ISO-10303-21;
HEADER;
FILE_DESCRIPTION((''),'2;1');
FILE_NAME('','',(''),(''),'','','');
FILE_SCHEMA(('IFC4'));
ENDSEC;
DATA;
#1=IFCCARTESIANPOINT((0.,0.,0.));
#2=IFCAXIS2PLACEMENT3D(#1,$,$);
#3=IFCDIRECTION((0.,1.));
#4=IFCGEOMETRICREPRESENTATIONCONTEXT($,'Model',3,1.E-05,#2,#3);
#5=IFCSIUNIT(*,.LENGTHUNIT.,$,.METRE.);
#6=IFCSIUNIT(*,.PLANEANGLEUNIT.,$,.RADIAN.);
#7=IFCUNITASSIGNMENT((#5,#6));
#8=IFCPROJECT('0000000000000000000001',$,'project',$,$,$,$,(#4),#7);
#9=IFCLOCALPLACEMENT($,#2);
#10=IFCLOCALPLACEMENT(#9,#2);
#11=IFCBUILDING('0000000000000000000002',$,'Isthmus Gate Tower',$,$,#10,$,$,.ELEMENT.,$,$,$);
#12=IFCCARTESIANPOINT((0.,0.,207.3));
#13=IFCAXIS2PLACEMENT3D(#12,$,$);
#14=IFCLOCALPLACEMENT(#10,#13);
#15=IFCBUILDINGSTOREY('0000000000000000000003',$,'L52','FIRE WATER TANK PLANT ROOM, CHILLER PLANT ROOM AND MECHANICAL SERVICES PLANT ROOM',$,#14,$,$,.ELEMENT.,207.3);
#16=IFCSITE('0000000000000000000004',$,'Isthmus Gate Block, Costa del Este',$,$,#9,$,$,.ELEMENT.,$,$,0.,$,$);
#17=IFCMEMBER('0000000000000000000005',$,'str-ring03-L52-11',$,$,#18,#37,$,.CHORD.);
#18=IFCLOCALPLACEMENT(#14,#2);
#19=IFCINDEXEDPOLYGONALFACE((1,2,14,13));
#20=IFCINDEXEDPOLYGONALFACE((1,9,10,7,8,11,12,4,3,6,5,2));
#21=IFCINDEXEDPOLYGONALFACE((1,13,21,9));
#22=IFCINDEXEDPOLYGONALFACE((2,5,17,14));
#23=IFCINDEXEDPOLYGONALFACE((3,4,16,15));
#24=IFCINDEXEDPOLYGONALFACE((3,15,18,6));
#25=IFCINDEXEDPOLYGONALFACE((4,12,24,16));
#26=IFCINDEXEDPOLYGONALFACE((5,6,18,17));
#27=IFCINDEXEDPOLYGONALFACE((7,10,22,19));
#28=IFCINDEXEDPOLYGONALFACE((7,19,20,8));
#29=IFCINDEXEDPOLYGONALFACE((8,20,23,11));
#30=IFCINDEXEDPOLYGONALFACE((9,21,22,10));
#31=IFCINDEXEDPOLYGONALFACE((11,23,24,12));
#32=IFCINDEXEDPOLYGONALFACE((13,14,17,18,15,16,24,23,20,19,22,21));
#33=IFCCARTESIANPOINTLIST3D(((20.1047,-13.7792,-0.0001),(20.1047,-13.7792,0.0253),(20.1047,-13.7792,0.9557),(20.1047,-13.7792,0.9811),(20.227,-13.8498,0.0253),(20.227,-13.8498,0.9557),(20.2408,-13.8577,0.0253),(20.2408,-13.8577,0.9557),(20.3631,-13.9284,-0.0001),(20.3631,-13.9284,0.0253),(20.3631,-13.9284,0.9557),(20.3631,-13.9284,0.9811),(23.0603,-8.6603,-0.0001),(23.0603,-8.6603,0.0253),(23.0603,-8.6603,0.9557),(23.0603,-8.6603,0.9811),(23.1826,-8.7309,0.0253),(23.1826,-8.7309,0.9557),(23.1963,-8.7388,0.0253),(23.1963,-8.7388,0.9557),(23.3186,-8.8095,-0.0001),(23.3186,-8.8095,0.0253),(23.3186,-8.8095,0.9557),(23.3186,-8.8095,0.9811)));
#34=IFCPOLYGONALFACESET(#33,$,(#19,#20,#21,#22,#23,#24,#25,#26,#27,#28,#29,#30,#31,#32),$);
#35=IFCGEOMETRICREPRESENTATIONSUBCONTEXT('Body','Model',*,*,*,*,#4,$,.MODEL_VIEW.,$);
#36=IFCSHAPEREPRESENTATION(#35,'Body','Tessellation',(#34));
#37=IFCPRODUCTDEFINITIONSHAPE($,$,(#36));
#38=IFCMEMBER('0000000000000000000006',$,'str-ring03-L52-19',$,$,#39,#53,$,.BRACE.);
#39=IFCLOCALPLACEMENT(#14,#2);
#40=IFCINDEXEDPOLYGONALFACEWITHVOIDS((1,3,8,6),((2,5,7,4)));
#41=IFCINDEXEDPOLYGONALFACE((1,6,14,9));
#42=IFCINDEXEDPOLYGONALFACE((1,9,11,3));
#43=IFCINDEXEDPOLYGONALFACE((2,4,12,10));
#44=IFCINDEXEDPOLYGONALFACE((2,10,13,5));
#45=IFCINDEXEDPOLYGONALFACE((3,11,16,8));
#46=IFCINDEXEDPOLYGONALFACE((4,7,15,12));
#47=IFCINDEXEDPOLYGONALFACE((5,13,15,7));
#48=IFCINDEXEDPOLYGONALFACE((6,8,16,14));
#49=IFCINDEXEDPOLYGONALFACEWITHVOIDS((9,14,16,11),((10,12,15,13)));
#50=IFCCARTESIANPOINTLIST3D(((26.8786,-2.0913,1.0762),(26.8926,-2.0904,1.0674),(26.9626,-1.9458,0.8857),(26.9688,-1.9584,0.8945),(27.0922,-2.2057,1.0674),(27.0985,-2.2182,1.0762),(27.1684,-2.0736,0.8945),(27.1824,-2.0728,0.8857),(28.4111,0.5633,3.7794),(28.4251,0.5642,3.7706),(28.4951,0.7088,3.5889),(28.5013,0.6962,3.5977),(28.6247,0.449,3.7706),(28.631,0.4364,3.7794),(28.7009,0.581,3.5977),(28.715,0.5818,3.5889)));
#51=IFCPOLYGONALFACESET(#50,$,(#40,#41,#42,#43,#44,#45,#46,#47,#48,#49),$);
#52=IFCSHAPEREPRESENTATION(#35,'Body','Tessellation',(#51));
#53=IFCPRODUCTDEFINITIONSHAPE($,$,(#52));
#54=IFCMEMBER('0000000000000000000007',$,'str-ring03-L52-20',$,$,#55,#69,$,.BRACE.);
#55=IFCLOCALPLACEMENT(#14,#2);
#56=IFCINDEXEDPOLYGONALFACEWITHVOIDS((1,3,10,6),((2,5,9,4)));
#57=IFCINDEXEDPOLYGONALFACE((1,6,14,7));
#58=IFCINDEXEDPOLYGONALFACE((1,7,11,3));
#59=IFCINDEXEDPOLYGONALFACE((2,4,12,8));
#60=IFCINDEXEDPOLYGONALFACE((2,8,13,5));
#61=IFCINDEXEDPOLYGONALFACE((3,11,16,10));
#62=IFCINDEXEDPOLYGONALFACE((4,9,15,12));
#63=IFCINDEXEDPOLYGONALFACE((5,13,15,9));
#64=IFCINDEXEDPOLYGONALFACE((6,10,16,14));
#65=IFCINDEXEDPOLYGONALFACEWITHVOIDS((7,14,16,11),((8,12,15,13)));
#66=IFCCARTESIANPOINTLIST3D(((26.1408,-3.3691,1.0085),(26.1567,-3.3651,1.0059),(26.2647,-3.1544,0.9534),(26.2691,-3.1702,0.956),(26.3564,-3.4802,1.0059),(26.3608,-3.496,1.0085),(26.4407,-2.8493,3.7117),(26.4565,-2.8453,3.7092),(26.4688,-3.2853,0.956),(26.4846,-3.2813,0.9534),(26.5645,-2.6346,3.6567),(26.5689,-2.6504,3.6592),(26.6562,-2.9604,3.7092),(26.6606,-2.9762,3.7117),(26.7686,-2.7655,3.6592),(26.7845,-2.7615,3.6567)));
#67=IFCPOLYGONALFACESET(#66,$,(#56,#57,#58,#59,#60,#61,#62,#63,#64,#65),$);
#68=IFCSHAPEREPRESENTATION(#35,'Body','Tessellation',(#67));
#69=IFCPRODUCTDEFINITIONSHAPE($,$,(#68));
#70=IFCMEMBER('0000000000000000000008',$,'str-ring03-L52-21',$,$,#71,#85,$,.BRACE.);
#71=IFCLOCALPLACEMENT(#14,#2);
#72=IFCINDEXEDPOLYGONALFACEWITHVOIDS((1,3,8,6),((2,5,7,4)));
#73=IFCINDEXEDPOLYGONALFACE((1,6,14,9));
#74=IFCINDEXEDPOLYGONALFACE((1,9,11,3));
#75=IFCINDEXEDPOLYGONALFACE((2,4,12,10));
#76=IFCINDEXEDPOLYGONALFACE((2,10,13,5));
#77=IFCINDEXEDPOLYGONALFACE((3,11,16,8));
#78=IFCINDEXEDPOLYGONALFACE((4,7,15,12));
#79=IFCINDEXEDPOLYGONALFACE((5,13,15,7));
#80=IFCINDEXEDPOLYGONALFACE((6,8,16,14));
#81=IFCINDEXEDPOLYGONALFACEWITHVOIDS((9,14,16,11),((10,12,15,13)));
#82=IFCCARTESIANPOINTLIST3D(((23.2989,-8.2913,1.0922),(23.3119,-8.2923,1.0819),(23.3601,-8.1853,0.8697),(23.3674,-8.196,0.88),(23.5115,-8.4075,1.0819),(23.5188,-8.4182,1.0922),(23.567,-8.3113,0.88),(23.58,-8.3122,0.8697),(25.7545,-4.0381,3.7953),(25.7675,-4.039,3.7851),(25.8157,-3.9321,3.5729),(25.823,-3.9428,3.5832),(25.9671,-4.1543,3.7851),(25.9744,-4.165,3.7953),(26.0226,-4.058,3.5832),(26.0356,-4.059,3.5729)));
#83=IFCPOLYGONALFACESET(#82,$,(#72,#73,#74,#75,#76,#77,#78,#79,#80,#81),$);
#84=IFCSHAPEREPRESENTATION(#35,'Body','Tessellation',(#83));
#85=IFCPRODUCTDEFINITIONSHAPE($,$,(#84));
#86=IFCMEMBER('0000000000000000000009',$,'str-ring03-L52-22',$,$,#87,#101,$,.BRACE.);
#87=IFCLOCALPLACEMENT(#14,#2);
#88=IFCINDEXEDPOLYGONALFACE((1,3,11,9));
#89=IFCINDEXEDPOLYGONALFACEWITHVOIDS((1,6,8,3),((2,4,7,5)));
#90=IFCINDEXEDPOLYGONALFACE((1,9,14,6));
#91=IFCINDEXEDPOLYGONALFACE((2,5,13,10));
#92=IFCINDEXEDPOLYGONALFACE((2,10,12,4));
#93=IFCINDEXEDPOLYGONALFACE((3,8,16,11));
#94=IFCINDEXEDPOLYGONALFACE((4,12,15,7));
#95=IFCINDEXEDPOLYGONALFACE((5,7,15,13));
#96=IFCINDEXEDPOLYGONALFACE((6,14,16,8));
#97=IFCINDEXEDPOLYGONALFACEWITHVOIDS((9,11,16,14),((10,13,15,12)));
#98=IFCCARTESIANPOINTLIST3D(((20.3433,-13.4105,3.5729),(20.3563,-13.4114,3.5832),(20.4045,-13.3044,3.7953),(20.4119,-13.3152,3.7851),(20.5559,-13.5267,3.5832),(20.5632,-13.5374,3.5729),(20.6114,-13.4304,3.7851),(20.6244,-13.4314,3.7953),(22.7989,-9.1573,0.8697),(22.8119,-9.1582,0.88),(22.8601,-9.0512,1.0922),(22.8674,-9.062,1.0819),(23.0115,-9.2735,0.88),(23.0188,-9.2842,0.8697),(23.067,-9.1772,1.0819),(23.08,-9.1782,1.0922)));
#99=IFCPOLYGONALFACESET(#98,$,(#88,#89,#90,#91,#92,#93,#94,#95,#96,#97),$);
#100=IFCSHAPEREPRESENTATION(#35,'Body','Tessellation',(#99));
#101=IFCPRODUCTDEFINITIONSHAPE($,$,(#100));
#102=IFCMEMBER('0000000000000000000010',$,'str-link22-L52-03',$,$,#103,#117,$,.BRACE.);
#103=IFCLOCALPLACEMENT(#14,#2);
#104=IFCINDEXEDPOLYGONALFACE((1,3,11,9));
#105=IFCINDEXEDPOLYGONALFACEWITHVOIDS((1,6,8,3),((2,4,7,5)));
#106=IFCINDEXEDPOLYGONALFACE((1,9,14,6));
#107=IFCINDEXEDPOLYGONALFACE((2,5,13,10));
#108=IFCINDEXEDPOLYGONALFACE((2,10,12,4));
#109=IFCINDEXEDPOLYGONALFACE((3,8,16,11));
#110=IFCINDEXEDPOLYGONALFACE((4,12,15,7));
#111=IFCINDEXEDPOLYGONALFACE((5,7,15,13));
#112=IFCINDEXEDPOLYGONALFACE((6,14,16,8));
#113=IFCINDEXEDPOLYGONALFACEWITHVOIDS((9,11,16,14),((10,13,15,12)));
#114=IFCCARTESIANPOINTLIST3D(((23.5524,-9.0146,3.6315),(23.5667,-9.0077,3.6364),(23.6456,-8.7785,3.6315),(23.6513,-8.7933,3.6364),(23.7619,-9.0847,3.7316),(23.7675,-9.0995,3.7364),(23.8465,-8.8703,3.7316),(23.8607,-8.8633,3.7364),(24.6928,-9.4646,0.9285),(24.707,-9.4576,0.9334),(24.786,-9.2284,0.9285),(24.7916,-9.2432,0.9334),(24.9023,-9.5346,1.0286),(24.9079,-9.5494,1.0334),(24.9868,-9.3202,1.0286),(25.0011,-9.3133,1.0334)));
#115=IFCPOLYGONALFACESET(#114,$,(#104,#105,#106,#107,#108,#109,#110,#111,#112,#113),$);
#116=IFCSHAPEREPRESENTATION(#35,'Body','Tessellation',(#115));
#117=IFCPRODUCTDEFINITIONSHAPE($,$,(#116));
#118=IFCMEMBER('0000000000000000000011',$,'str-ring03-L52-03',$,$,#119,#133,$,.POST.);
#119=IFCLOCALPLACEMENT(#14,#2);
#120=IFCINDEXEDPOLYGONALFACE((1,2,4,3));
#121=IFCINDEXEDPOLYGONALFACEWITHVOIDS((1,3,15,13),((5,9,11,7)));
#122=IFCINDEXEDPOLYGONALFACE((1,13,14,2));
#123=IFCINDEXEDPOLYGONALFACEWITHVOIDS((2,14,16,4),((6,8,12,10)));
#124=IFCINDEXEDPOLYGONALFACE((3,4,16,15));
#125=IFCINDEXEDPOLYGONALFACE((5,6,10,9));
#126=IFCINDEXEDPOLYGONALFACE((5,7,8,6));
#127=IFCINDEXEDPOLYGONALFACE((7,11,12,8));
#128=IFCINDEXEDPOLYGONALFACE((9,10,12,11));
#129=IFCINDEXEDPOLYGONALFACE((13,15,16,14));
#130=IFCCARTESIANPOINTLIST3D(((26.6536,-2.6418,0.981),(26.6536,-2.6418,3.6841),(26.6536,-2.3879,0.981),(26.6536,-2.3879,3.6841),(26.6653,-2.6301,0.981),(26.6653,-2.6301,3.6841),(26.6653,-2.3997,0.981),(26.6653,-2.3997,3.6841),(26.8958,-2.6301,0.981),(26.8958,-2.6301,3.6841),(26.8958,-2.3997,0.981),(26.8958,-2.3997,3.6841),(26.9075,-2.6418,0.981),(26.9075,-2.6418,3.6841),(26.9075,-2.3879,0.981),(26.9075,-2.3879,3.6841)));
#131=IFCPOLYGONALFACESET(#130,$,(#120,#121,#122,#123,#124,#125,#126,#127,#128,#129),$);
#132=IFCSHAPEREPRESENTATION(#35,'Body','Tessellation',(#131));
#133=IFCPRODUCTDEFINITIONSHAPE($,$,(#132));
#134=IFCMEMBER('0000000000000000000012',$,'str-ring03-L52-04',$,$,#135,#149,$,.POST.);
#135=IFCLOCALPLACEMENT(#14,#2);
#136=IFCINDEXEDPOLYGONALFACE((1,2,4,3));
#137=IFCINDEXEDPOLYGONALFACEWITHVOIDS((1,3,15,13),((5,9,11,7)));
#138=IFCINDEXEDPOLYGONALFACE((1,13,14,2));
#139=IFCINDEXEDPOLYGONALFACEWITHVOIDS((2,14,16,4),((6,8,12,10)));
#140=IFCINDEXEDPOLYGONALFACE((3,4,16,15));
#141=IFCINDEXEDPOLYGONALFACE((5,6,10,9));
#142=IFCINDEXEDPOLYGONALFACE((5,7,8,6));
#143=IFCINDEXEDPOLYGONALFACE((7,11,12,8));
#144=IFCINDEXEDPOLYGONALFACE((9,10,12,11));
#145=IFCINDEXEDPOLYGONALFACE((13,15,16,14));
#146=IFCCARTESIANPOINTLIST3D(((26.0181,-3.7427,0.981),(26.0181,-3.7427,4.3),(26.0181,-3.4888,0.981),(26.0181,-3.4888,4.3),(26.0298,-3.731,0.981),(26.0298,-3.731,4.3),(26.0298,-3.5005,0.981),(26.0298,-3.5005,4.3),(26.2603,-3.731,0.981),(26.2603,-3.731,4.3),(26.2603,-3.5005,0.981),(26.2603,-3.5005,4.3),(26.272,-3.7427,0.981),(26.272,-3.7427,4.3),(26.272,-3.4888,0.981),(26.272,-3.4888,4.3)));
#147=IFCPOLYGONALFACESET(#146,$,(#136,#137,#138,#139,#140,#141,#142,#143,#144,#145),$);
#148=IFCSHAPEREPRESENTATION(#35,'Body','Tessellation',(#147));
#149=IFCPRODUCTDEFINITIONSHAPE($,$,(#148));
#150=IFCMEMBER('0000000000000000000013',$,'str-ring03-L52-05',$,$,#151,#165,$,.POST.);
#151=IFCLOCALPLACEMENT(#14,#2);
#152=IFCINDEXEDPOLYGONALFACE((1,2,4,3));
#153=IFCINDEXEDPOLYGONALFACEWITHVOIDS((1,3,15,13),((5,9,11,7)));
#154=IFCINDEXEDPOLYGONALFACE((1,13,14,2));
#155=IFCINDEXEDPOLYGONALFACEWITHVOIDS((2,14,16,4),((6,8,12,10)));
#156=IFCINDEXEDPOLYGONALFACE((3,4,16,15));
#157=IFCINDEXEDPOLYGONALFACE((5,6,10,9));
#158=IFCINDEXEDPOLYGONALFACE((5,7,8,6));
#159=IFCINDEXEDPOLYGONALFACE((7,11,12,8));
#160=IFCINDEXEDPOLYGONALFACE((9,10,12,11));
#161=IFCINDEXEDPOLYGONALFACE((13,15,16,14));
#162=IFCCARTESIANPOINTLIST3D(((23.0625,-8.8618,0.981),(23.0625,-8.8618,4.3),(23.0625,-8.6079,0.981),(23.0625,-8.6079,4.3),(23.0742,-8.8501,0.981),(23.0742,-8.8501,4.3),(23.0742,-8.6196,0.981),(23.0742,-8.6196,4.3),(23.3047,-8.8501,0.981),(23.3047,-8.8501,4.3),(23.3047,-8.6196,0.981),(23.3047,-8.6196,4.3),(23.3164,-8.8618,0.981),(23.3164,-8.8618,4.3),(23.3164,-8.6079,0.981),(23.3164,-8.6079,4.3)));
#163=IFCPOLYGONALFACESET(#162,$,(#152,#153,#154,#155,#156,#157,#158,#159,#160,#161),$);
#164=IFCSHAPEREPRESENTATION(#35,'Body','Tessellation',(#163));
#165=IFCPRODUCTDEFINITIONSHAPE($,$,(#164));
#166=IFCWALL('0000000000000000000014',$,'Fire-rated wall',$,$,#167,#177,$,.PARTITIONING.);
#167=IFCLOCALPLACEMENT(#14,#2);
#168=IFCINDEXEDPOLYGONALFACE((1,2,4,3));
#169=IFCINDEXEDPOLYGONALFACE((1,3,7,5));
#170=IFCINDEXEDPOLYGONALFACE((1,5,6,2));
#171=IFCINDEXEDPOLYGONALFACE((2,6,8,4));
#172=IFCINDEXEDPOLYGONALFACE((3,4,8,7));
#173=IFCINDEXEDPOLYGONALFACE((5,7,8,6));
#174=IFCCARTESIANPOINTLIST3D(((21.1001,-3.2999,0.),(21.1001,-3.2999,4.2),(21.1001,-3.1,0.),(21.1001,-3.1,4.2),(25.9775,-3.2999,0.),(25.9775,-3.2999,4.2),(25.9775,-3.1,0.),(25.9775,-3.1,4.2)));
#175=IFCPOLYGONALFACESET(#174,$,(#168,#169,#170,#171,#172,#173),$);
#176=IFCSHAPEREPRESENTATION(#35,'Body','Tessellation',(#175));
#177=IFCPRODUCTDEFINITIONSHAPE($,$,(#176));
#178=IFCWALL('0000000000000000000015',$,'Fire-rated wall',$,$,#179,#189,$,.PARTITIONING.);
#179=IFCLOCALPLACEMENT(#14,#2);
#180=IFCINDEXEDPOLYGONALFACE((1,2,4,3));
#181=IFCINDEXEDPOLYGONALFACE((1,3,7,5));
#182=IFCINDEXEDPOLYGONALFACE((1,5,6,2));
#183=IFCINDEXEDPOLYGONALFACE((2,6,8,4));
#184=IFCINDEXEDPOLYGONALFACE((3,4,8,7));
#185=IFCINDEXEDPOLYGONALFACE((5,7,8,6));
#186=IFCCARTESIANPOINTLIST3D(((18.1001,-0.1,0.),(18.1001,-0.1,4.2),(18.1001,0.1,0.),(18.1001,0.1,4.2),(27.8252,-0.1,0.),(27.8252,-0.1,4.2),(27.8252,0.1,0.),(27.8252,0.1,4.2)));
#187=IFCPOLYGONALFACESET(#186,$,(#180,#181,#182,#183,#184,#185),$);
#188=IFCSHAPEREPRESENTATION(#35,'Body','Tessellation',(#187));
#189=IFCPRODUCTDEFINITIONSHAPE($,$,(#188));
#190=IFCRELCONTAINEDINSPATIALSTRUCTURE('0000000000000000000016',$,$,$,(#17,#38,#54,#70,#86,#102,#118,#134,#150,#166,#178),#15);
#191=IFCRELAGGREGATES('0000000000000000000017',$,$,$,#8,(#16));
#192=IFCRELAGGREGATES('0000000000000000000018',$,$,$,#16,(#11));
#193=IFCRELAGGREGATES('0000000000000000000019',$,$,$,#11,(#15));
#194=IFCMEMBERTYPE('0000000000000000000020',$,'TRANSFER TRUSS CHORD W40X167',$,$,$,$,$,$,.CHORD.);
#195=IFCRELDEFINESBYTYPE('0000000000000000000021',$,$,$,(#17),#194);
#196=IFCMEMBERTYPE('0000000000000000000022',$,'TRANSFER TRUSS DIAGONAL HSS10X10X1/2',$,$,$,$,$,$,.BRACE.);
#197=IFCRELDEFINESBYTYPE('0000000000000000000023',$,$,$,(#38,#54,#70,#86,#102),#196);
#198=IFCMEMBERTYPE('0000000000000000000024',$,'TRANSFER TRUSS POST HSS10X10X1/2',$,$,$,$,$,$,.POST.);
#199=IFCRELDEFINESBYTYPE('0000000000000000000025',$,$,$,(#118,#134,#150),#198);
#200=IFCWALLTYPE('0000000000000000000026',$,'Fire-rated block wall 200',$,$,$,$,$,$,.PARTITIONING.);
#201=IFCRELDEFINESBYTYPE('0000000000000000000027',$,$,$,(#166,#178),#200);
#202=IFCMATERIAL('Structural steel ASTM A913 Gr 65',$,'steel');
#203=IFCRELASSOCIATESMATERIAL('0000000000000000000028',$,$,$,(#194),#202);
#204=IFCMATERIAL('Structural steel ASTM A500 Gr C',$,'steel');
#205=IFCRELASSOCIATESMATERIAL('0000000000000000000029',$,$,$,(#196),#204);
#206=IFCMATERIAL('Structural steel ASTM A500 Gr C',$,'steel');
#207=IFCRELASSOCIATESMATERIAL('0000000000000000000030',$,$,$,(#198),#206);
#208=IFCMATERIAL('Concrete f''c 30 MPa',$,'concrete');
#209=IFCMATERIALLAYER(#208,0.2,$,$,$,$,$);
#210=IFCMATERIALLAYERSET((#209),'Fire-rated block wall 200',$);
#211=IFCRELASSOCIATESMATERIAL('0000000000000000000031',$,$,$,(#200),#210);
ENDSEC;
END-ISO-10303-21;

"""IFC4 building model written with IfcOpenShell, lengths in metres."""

from ifc_helpers import new_model, si_unit, direction, frame, frame_2d, origin, origin_2d, place, context, subcontext, project, spatial, rectangle, hollow_rectangle, i_section, extrude, material, layer, layer_set, material_profile, profile_set, type_object, element, save


model = new_model("IFC4")

# Units and contexts
model_context = context("Model", 3, precision=1e-05, world=origin(), true_north=direction((0.0, 1.0)))
body_context = subcontext(model_context, "Body", "Model", "MODEL_VIEW")
ifc_project = project(units=[si_unit("LENGTHUNIT", "METRE"), si_unit("PLANEANGLEUNIT", "RADIAN")], contexts=[model_context])

# Site, building, storey
site_placement = place(None, origin())
site = spatial("IfcSite", under=ifc_project, at=site_placement, Name="Isthmus Gate Block, Costa del Este", CompositionType="ELEMENT", RefElevation=0.0)
building_placement = place(site_placement, origin())
building = spatial("IfcBuilding", under=site, at=building_placement, Name="Isthmus Gate Tower", CompositionType="ELEMENT")
storey_placement = place(building_placement, frame((0.0, 0.0, 207.3)))
storey = spatial("IfcBuildingStorey", under=building, at=storey_placement, Name="L52", Description="FIRE WATER TANK PLANT ROOM, CHILLER PLANT ROOM AND MECHANICAL SERVICES PLANT ROOM", CompositionType="ELEMENT", Elevation=207.3)

# Members
ifc_material_1 = material(Name="Structural steel ASTM A913 Gr 65", Category="steel")
ifc_material_profile_1 = material_profile(ifc_material_1, i_section(OverallWidth=0.2983, OverallDepth=0.9812, WebThickness=0.0159, FlangeThickness=0.0254, at=origin_2d()), Name="W40X167")
ifc_profile_set_1 = profile_set([ifc_material_profile_1], Name="Structural steel ASTM A913 Gr 65")
member_type_1 = type_object("IfcMemberType", Name="TRANSFER TRUSS CHORD W40X167", PredefinedType="CHORD", material=ifc_profile_set_1)
member_1_placement = place(storey_placement, frame((23.1895, -8.7349, 0.4905), z_axis=(-0.500022, -0.866013, 0.0), x_axis=(0.866013, -0.500022, 0.0)))
element("IfcMember", 1, at=member_1_placement, inside=storey, type_object=member_type_1, Name="str-ring03-L52-11", PredefinedType="CHORD", context=body_context, shape_type="SweptSolid", body=[
    extrude(i_section(OverallWidth=0.2983, OverallDepth=0.9812, WebThickness=0.0159, FlangeThickness=0.0254, at=origin_2d()), origin(), (0.0, 0.0, 1.0), 5.9109),
])
ifc_material_2 = material(Name="Structural steel ASTM A500 Gr C", Category="steel")
ifc_material_profile_2 = material_profile(ifc_material_2, hollow_rectangle(XDim=0.2539, YDim=0.2539, WallThickness=0.0117, at=origin_2d()), Name="HSS10X10X1/2")
ifc_profile_set_2 = profile_set([ifc_material_profile_2], Name="Structural steel ASTM A500 Gr C")
member_type_2 = type_object("IfcMemberType", Name="TRANSFER TRUSS DIAGONAL HSS10X10X1/2", PredefinedType="BRACE", material=ifc_profile_set_2)
member_2_placement = place(storey_placement, frame((27.0305, -2.082, 0.981), z_axis=(0.374981, 0.64954, 0.661428), x_axis=(-0.866044, 0.499968, 0.0)))
element("IfcMember", 2, at=member_2_placement, inside=storey, type_object=member_type_2, Name="str-ring03-L52-19", PredefinedType="BRACE", context=body_context, shape_type="SweptSolid", body=[
    extrude(hollow_rectangle(XDim=0.2539, YDim=0.2539, WallThickness=0.0117, at=origin_2d()), origin(), (0.0, 0.0, 1.0), 4.0869),
])
member_3_placement = place(storey_placement, frame((26.3127, -3.3252, 0.981), z_axis=(0.108275, 0.187718, 0.976237), x_axis=(-0.866233, 0.49964, 0.0)))
element("IfcMember", 3, at=member_3_placement, inside=storey, type_object=member_type_2, Name="str-ring03-L52-20", PredefinedType="BRACE", context=body_context, shape_type="SweptSolid", body=[
    extrude(hollow_rectangle(XDim=0.2539, YDim=0.2539, WallThickness=0.0117, at=origin_2d()), origin(), (0.0, 0.0, 1.0), 2.769),
])
for number, where, z_axis, x_axis, name in (
    (4, (23.4395, -8.3018, 0.981), (0.438032, 0.758695, 0.482192), (-0.866026, 0.499999, 0.0), "str-ring03-L52-21"),
    (5, (22.9395, -9.1677, 0.981), (-0.438032, -0.758695, 0.482192), (0.866026, -0.499999, 0.0), "str-ring03-L52-22"),
):
    element("IfcMember", number, at=place(storey_placement, frame(where, z_axis=z_axis, x_axis=x_axis)), inside=storey, type_object=member_type_2, Name=name, PredefinedType="BRACE", context=body_context, shape_type="SweptSolid", body=[
        extrude(hollow_rectangle(XDim=0.2539, YDim=0.2539, WallThickness=0.0117, at=origin_2d()), origin(), (0.0, 0.0, 1.0), 5.606),
    ])
member_4_placement = place(storey_placement, frame((24.8469, -9.3889, 0.981), z_axis=(-0.384208, 0.151594, 0.910716), x_axis=(-0.367026, -0.930211, 0.0)))
element("IfcMember", 6, at=member_4_placement, inside=storey, type_object=member_type_2, Name="str-link22-L52-03", PredefinedType="BRACE", context=body_context, shape_type="SweptSolid", body=[
    extrude(hollow_rectangle(XDim=0.2539, YDim=0.2539, WallThickness=0.0117, at=origin_2d()), origin(), (0.0, 0.0, 1.0), 2.968),
])
ifc_material_3 = material(Name="Structural steel ASTM A500 Gr C", Category="steel")
ifc_material_profile_3 = material_profile(ifc_material_3, hollow_rectangle(XDim=0.2539, YDim=0.2539, WallThickness=0.0117, at=origin_2d()), Name="HSS10X10X1/2")
ifc_profile_set_3 = profile_set([ifc_material_profile_3], Name="Structural steel ASTM A500 Gr C")
member_type_3 = type_object("IfcMemberType", Name="TRANSFER TRUSS POST HSS10X10X1/2", PredefinedType="POST", material=ifc_profile_set_3)
member_5_placement = place(storey_placement, frame((26.7805, -2.5149, 0.981), z_axis=(0.0, 0.0, 1.0), x_axis=(1.0, 0.0, 0.0)))
element("IfcMember", 7, at=member_5_placement, inside=storey, type_object=member_type_3, Name="str-ring03-L52-03", PredefinedType="POST", context=body_context, shape_type="SweptSolid", body=[
    extrude(hollow_rectangle(XDim=0.2539, YDim=0.2539, WallThickness=0.0117, at=origin_2d()), origin(), (0.0, 0.0, 1.0), 2.7031),
])
for number, where, z_axis, x_axis, name in (
    (8, (26.145, -3.6157, 0.981), (0.0, 0.0, 1.0), (1.0, 0.0, 0.0), "str-ring03-L52-04"),
    (9, (23.1895, -8.7349, 0.981), (0.0, 0.0, 1.0), (1.0, 0.0, 0.0), "str-ring03-L52-05"),
):
    element("IfcMember", number, at=place(storey_placement, frame(where, z_axis=z_axis, x_axis=x_axis)), inside=storey, type_object=member_type_3, Name=name, PredefinedType="POST", context=body_context, shape_type="SweptSolid", body=[
        extrude(hollow_rectangle(XDim=0.2539, YDim=0.2539, WallThickness=0.0117, at=origin_2d()), origin(), (0.0, 0.0, 1.0), 3.3191),
    ])

# Walls
ifc_material_4 = material(Name="Concrete f'c 30 MPa", Category="concrete")
ifc_layer = layer(ifc_material_4, 0.2)
ifc_layer_set = layer_set([ifc_layer], Name="Fire-rated block wall 200")
wall_type = type_object("IfcWallType", Name="Fire-rated block wall 200", PredefinedType="PARTITIONING", material=ifc_layer_set)
wall_1_placement = place(storey_placement, frame((21.1001, -3.2, 0.0), z_axis=(0.0, 0.0, 1.0), x_axis=(1.0, 0.0, 0.0)))
element("IfcWall", 10, at=wall_1_placement, inside=storey, type_object=wall_type, Name="Fire-rated wall", PredefinedType="PARTITIONING", context=body_context, shape_type="SweptSolid", body=[
    extrude(rectangle(XDim=4.8774, YDim=0.2, at=frame_2d((2.4387, 0.0))), origin(), (0.0, 0.0, 1.0), 4.2),
])
wall_2_placement = place(storey_placement, frame((18.1001, 0.0, 0.0), z_axis=(0.0, 0.0, 1.0), x_axis=(1.0, 0.0, 0.0)))
element("IfcWall", 11, at=wall_2_placement, inside=storey, type_object=wall_type, Name="Fire-rated wall", PredefinedType="PARTITIONING", context=body_context, shape_type="SweptSolid", body=[
    extrude(rectangle(XDim=9.7251, YDim=0.2, at=frame_2d((4.8625, 0.0))), origin(), (0.0, 0.0, 1.0), 4.2),
])

save(model, "model.ifc")
